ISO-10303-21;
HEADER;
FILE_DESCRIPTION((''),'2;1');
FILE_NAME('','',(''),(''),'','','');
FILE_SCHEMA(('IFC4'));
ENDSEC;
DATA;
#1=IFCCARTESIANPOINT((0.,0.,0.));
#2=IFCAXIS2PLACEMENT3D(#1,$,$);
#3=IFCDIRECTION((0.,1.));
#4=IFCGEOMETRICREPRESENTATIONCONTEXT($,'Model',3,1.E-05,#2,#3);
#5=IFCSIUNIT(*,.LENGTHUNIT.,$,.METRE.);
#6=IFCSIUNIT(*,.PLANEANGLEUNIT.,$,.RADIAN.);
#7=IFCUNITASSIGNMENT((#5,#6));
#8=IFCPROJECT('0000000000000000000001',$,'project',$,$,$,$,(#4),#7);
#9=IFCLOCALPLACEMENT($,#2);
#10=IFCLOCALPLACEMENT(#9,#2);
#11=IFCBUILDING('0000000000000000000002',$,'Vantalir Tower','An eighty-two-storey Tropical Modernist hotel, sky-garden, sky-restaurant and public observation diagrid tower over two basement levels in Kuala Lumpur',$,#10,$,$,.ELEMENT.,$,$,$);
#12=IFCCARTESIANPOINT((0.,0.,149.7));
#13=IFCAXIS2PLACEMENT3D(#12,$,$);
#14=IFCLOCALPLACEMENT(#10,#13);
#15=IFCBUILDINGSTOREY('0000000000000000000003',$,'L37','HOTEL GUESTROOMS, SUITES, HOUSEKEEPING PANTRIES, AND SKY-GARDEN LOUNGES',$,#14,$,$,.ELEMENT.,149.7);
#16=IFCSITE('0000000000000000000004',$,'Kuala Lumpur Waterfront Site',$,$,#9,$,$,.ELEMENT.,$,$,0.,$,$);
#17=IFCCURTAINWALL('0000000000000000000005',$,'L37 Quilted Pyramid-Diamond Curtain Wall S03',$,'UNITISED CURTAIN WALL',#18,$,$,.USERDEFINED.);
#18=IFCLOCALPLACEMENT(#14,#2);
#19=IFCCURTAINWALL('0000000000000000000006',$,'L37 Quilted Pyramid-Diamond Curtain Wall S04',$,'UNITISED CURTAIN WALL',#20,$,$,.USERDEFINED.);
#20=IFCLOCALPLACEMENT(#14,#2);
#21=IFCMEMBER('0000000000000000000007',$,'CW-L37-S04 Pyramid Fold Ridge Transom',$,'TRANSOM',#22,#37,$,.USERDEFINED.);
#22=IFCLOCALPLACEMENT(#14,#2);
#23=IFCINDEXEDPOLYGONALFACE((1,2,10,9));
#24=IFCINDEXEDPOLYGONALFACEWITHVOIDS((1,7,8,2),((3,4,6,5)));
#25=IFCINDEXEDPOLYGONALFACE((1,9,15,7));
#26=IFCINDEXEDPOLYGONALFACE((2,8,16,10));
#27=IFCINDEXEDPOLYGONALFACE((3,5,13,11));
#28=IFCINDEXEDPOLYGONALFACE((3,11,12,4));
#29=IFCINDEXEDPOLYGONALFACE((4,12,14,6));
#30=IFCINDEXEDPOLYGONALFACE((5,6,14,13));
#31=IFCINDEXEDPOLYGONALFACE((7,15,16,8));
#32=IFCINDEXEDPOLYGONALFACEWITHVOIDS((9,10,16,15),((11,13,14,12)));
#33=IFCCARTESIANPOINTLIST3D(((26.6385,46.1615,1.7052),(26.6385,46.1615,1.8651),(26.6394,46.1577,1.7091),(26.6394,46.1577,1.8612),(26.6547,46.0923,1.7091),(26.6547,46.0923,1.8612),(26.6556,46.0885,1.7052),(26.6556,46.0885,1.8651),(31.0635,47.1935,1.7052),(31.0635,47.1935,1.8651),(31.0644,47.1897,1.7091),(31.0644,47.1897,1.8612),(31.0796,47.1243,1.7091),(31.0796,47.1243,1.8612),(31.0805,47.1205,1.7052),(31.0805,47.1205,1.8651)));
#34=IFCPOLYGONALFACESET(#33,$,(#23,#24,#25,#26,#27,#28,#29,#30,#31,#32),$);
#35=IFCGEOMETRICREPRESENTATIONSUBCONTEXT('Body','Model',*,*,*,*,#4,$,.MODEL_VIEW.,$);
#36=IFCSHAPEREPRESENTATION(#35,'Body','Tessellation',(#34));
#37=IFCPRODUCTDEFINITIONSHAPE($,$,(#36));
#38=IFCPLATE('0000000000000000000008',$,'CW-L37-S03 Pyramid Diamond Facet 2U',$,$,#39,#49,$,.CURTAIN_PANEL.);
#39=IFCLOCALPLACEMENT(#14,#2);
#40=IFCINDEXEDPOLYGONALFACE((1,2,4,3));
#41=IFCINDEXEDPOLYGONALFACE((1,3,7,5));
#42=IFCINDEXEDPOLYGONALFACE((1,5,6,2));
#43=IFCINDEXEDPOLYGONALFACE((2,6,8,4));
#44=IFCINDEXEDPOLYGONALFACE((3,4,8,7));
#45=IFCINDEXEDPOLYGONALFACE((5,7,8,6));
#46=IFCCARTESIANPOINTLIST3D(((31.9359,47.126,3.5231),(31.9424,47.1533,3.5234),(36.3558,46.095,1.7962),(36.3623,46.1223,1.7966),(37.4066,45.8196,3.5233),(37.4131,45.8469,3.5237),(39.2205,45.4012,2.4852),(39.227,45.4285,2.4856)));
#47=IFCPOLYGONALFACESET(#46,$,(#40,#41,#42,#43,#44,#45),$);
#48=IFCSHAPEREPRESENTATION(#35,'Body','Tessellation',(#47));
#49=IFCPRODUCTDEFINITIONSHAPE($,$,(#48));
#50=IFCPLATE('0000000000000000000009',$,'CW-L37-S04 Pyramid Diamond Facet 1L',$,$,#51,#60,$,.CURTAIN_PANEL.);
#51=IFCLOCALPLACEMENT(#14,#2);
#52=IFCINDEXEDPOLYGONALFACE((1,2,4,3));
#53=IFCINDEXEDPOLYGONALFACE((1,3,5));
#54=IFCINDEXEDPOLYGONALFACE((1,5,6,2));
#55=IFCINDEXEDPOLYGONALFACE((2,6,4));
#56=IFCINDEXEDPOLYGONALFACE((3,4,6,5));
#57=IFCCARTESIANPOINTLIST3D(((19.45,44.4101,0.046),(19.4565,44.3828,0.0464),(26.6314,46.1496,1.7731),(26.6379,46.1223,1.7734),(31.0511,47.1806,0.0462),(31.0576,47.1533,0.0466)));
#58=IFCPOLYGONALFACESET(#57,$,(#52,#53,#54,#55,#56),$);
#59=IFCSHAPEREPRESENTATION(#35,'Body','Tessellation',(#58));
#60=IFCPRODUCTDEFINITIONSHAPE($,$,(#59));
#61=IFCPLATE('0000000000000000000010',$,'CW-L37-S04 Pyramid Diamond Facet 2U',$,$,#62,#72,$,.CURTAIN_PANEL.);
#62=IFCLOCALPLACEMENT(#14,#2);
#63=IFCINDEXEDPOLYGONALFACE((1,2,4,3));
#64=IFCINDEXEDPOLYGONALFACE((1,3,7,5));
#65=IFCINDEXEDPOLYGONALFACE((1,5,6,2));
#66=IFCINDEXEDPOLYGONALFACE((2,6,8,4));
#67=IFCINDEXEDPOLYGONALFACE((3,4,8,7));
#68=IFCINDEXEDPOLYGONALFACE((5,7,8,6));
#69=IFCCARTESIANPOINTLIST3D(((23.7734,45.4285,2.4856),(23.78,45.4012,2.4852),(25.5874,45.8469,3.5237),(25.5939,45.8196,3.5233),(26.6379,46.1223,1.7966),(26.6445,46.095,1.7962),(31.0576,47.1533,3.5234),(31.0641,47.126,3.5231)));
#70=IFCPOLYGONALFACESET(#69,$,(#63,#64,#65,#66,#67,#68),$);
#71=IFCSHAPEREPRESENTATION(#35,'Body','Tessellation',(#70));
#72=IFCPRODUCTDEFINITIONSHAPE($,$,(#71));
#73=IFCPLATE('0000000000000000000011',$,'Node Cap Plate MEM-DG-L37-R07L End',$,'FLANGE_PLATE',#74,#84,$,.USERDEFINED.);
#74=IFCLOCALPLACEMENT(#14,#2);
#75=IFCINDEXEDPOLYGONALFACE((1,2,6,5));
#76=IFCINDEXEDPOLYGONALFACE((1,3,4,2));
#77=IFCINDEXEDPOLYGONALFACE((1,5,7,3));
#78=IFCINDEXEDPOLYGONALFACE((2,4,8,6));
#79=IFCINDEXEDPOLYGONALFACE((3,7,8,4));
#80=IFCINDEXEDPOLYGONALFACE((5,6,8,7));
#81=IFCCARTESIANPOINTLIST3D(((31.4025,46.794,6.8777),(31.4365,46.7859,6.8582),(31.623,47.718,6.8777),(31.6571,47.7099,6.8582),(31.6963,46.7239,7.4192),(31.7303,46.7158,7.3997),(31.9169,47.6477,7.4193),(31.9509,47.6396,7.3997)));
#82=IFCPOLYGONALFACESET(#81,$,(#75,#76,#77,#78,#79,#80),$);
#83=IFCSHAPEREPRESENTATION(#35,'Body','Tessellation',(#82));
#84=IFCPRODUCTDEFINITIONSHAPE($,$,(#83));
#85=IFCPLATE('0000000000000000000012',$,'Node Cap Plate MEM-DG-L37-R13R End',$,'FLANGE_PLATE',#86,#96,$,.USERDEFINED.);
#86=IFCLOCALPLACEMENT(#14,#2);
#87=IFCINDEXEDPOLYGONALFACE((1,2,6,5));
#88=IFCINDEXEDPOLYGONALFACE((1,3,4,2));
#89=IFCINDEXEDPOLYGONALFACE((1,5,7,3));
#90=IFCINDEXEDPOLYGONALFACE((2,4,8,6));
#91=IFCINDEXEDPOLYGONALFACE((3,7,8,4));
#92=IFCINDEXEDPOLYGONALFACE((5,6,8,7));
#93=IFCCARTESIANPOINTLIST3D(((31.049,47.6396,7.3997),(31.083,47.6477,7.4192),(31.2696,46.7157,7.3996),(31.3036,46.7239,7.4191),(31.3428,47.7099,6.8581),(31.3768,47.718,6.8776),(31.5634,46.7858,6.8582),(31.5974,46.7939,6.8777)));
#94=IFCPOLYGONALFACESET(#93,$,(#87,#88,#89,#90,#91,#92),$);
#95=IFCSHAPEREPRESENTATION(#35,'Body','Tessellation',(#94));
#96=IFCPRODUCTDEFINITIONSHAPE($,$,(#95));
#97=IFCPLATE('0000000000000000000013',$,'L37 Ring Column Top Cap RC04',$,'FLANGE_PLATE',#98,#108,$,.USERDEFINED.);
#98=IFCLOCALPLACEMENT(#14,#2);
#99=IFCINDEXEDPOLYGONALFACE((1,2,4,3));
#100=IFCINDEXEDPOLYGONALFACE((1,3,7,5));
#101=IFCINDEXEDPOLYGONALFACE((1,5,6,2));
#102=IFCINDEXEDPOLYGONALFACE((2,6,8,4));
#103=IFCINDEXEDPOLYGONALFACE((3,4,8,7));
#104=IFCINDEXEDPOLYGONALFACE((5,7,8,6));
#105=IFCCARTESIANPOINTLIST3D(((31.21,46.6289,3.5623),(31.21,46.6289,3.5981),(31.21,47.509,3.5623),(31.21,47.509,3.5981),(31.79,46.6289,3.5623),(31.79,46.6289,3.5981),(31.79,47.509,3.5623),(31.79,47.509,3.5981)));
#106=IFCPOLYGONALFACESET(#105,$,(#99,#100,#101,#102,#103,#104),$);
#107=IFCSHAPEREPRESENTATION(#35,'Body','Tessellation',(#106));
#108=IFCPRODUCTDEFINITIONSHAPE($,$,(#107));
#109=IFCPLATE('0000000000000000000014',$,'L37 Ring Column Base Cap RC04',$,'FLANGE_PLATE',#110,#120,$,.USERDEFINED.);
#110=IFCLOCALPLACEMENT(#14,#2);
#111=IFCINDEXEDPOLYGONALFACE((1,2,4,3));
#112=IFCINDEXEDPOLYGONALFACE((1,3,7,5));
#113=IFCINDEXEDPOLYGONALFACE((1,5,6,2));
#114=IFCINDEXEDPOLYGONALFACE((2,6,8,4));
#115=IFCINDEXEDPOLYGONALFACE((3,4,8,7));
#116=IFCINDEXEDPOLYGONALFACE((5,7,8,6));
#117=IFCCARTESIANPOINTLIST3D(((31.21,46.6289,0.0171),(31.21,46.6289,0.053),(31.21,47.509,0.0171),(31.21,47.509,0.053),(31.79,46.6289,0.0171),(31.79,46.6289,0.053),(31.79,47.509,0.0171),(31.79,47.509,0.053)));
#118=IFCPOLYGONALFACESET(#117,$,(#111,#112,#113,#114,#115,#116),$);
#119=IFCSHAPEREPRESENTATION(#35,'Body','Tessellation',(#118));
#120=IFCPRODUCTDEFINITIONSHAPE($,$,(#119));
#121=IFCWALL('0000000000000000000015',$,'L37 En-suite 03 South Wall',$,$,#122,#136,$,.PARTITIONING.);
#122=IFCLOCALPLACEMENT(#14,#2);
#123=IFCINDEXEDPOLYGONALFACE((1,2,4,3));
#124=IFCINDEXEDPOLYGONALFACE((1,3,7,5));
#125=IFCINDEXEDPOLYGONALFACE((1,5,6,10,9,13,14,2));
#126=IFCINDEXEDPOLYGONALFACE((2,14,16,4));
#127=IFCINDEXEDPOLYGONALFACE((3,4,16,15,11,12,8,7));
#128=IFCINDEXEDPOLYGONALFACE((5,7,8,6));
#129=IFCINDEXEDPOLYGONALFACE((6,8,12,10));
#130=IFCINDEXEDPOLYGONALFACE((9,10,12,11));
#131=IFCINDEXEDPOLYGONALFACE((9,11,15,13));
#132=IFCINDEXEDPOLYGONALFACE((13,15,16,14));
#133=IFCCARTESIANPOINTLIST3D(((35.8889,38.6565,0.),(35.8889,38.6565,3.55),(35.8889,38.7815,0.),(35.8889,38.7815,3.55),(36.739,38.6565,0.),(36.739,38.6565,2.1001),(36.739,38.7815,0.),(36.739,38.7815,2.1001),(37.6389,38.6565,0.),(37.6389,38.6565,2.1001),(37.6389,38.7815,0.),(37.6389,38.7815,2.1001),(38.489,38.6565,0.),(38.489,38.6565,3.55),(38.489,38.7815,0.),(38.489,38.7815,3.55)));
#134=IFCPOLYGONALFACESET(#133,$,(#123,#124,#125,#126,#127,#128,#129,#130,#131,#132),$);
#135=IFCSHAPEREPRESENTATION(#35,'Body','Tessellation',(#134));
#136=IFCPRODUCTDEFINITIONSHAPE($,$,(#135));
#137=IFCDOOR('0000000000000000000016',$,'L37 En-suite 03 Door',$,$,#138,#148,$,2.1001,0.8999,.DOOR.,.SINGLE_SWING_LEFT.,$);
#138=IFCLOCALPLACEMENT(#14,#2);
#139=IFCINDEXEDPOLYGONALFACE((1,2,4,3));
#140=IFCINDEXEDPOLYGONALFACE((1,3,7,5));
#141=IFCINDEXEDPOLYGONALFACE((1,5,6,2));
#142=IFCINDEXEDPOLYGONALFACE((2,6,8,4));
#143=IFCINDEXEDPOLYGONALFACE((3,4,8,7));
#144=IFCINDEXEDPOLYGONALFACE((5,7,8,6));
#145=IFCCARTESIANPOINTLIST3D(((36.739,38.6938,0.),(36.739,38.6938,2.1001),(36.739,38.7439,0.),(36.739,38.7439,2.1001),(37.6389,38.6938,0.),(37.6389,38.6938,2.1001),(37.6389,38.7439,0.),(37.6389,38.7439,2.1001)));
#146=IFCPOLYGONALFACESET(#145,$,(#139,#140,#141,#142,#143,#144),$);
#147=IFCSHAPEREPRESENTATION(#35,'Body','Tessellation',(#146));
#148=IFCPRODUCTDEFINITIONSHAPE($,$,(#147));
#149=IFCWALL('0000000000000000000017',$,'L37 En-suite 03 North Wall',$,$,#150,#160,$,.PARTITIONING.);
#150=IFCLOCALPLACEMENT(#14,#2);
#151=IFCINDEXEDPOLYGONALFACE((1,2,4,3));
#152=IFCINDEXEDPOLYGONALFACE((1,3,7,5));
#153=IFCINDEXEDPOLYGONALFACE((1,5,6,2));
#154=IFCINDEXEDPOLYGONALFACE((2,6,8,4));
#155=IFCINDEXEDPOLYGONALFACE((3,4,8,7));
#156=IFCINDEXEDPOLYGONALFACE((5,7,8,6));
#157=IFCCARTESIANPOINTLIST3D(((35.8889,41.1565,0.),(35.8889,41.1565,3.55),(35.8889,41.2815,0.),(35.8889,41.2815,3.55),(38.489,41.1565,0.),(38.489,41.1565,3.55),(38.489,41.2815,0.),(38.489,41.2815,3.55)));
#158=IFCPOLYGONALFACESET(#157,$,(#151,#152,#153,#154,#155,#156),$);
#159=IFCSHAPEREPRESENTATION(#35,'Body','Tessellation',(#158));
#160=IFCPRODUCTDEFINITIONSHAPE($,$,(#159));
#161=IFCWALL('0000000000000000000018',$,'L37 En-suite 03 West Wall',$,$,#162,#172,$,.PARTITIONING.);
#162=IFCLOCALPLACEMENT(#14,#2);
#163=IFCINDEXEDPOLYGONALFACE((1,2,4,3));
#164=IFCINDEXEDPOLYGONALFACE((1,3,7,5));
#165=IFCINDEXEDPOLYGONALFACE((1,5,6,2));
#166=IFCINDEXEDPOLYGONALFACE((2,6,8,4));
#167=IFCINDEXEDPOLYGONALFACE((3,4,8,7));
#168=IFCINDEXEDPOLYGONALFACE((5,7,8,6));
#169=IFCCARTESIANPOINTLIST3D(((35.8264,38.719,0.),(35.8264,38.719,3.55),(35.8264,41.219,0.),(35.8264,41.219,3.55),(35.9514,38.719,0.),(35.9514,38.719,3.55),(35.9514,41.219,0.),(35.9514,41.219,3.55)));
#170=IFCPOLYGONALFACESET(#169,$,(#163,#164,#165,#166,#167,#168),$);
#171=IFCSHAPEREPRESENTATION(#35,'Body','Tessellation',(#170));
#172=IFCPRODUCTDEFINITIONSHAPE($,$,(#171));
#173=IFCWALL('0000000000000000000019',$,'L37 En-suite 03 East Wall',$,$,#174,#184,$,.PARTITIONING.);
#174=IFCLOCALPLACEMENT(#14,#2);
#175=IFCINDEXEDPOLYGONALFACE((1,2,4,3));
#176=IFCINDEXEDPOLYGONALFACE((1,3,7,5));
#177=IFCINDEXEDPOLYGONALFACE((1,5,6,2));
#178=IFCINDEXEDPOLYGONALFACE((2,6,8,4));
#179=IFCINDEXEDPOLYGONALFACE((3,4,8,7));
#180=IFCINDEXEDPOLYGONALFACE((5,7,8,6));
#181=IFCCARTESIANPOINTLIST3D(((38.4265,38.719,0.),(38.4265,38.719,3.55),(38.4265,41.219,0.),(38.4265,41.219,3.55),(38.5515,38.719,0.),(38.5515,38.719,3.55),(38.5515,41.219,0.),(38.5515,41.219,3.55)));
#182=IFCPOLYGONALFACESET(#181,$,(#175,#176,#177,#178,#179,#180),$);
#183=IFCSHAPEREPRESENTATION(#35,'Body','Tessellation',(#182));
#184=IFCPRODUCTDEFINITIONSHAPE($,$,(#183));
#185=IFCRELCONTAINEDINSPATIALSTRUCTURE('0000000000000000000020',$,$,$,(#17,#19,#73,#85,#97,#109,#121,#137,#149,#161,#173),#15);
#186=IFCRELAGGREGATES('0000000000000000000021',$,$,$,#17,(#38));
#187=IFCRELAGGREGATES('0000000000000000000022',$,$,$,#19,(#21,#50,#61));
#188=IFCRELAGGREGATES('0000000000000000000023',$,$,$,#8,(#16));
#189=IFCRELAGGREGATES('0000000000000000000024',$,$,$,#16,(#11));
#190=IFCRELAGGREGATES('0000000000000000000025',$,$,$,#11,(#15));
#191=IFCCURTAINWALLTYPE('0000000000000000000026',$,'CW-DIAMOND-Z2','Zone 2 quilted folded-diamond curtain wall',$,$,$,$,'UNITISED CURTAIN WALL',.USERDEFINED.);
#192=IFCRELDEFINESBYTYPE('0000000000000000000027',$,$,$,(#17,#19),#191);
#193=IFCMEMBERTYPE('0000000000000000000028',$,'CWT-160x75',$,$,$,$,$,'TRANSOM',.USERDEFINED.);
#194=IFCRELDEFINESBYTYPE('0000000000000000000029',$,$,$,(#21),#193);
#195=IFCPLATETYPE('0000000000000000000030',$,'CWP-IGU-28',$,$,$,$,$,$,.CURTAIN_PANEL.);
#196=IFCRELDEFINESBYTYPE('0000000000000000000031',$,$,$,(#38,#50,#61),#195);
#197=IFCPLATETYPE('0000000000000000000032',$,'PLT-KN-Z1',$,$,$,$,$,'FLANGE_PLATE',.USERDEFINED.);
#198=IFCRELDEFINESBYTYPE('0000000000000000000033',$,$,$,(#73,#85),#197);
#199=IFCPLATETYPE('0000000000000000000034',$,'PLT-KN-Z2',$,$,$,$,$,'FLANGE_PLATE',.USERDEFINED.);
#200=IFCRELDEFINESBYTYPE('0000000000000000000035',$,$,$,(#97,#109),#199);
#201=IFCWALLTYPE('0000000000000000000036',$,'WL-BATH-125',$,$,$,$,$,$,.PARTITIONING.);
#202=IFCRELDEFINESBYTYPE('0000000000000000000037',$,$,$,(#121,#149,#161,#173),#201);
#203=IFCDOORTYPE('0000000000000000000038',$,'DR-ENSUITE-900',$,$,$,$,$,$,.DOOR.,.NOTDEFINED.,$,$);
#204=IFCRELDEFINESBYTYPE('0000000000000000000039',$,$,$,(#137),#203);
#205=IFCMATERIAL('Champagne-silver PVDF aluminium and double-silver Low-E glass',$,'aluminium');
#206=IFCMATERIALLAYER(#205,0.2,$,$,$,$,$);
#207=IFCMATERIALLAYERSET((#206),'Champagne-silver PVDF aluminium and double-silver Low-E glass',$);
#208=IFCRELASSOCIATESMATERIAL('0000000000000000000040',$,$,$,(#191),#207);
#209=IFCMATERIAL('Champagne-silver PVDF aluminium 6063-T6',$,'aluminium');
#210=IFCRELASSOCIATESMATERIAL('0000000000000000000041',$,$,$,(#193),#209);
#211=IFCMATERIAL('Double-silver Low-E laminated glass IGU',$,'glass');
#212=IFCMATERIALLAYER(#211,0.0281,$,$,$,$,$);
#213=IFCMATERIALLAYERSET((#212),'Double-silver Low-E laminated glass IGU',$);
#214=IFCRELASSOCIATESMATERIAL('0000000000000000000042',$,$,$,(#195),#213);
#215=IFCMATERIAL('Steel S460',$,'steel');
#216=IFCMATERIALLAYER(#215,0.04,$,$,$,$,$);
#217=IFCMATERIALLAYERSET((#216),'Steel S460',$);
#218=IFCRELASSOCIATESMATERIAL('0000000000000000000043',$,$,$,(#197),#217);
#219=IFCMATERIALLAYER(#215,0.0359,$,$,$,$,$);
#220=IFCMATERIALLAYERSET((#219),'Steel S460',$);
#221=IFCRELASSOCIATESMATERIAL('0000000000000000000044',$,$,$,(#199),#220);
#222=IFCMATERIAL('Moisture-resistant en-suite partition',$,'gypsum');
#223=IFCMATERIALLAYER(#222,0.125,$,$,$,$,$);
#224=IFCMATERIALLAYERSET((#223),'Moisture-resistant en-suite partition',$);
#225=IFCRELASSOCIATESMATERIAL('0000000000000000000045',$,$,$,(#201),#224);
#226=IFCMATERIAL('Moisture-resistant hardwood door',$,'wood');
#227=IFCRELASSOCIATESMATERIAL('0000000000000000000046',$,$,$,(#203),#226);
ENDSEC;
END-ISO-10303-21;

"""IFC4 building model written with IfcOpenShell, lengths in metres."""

from ifc_helpers import new_model, si_unit, direction, frame, frame_2d, origin, origin_2d, place, context, subcontext, project, spatial, polyline, rectangle, hollow_rectangle, outline, extrude, material, layer, layer_set, material_profile, profile_set, type_object, element, fill, aggregate, save


model = new_model("IFC4")

# Units and contexts
model_context = context("Model", 3, precision=1e-05, world=origin(), true_north=direction((0.0, 1.0)))
body_context = subcontext(model_context, "Body", "Model", "MODEL_VIEW")
ifc_project = project(units=[si_unit("LENGTHUNIT", "METRE"), si_unit("PLANEANGLEUNIT", "RADIAN")], contexts=[model_context])

# Site, building, storey
site_placement = place(None, origin())
site = spatial("IfcSite", under=ifc_project, at=site_placement, Name="Kuala Lumpur Waterfront Site", CompositionType="ELEMENT", RefElevation=0.0)
building_placement = place(site_placement, origin())
building = spatial("IfcBuilding", under=site, at=building_placement, Name="Vantalir Tower", Description="An eighty-two-storey Tropical Modernist hotel, sky-garden, sky-restaurant and public observation diagrid tower over two basement levels in Kuala Lumpur", CompositionType="ELEMENT")
storey_placement = place(building_placement, frame((0.0, 0.0, 149.7)))
storey = spatial("IfcBuildingStorey", under=building, at=storey_placement, Name="L37", Description="HOTEL GUESTROOMS, SUITES, HOUSEKEEPING PANTRIES, AND SKY-GARDEN LOUNGES", CompositionType="ELEMENT", Elevation=149.7)

# Shared definitions
ifc_material_1 = material(Name="Steel S460", Category="steel")

# Curtain wall
ifc_material_2 = material(Name="Champagne-silver PVDF aluminium and double-silver Low-E glass", Category="aluminium")
ifc_layer_1 = layer(ifc_material_2, 0.2)
ifc_layer_set_1 = layer_set([ifc_layer_1], Name="Champagne-silver PVDF aluminium and double-silver Low-E glass")
curtain_wall_type = type_object("IfcCurtainWallType", Name="CW-DIAMOND-Z2", Description="Zone 2 quilted folded-diamond curtain wall", ElementType="UNITISED CURTAIN WALL", PredefinedType="USERDEFINED", material=ifc_layer_set_1)
curtain_wall_1_placement = place(storey_placement, origin())
curtain_wall_1 = element("IfcCurtainWall", 1, at=curtain_wall_1_placement, inside=storey, type_object=curtain_wall_type, Name="L37 Quilted Pyramid-Diamond Curtain Wall S03", ObjectType="UNITISED CURTAIN WALL", PredefinedType="USERDEFINED")
ifc_material_3 = material(Name="Champagne-silver PVDF aluminium 6063-T6", Category="aluminium")

# Curtain wall, member
curtain_wall_2_placement = place(storey_placement, origin())
curtain_wall_2 = element("IfcCurtainWall", 2, at=curtain_wall_2_placement, inside=storey, type_object=curtain_wall_type, Name="L37 Quilted Pyramid-Diamond Curtain Wall S04", ObjectType="UNITISED CURTAIN WALL", PredefinedType="USERDEFINED")
ifc_material_profile_1 = material_profile(ifc_material_3, hollow_rectangle(XDim=0.075, YDim=0.1599, WallThickness=0.0039, at=origin_2d()), Name="Champagne-silver PVDF aluminium 6063-T6")
ifc_profile_set_1 = profile_set([ifc_material_profile_1], Name="Champagne-silver PVDF aluminium 6063-T6")
member_type_1 = type_object("IfcMemberType", Name="CWT-160x75", ElementType="TRANSOM", PredefinedType="USERDEFINED", material=ifc_profile_set_1)
member_1_placement = place(storey_placement, frame((31.072, 47.157, 1.7852), z_axis=(-0.973867, -0.227119, 0.0), x_axis=(0.227119, -0.973867, 0.0)))
member_1 = element("IfcMember", 3, at=member_1_placement, type_object=member_type_1, Name="CW-L37-S04 Pyramid Fold Ridge Transom", ObjectType="TRANSOM", PredefinedType="USERDEFINED", context=body_context, shape_type="SweptSolid", body=[
    extrude(hollow_rectangle(XDim=0.075, YDim=0.1599, WallThickness=0.0039, at=origin_2d()), origin(), (0.0, 0.0, 1.0), 4.5437),
])

# Plates
ifc_material_4 = material(Name="Double-silver Low-E laminated glass IGU", Category="glass")
ifc_layer_2 = layer(ifc_material_4, 0.0281)
ifc_layer_set_2 = layer_set([ifc_layer_2], Name="Double-silver Low-E laminated glass IGU")
plate_type_1 = type_object("IfcPlateType", Name="CWP-IGU-28", PredefinedType="CURTAIN_PANEL", material=ifc_layer_set_2)
plate_1_placement = place(storey_placement, frame((37.4131, 45.8469, 3.5237), z_axis=(0.232244, 0.97256, 0.013778), x_axis=(-0.972652, 0.232267, -0.000043)))
plate_1 = element("IfcPlate", 4, at=plate_1_placement, type_object=plate_type_1, Name="CW-L37-S03 Pyramid Diamond Facet 2U", PredefinedType="CURTAIN_PANEL", context=body_context, shape_type="SweptSolid", body=[
    extrude(outline(polyline([(0.0, 0.0), (5.6245, 0.0), (1.0861, -1.7272), (-1.8615, -1.0383), (0.0, 0.0)])), origin(), (0.0, 0.0, -1.0), 0.0281),
])
aggregate(curtain_wall_1, [plate_1])
plate_2_placement = place(storey_placement, frame((31.0576, 47.1533, 0.0466), z_axis=(0.23226, -0.972556, 0.013786), x_axis=(-0.972648, -0.232283, -0.00002)))
plate_2 = element("IfcPlate", 5, at=plate_2_placement, type_object=plate_type_1, Name="CW-L37-S04 Pyramid Diamond Facet 1L", PredefinedType="CURTAIN_PANEL", context=body_context, shape_type="SweptSolid", body=[
    extrude(outline(polyline([(0.0, 0.0), (11.9273, 0.0), (4.5382, -1.7271), (0.0, 0.0)])), origin(), (0.0, 0.0, -1.0), 0.0281),
])
plate_3_placement = place(storey_placement, frame((31.0576, 47.1533, 3.5234), z_axis=(-0.232262, 0.972555, 0.0138), x_axis=(-0.972648, -0.232285, 0.000043)))
plate_3 = element("IfcPlate", 6, at=plate_3_placement, type_object=plate_type_1, Name="CW-L37-S04 Pyramid Diamond Facet 2U", PredefinedType="CURTAIN_PANEL", context=body_context, shape_type="SweptSolid", body=[
    extrude(outline(polyline([(0.0, 0.0), (5.624, 0.0), (7.4856, -1.0383), (4.5382, -1.7272), (0.0, 0.0)])), origin(), (0.0, 0.0, -1.0), 0.0281),
])
aggregate(curtain_wall_2, [member_1, plate_2, plate_3])

# Plates
ifc_layer_3 = layer(ifc_material_1, 0.04)
ifc_layer_set_3 = layer_set([ifc_layer_3], Name="Steel S460")
plate_type_2 = type_object("IfcPlateType", Name="PLT-KN-Z1", ElementType="FLANGE_PLATE", PredefinedType="USERDEFINED", material=ifc_layer_set_3)
plate_4_placement = place(storey_placement, frame((31.623, 47.718, 6.8777), z_axis=(-0.849425, 0.202789, 0.487189), x_axis=(-0.232175, -0.972674, 0.000066)))
element("IfcPlate", 7, at=plate_4_placement, inside=storey, type_object=plate_type_2, Name="Node Cap Plate MEM-DG-L37-R07L End", ObjectType="FLANGE_PLATE", PredefinedType="USERDEFINED", context=body_context, shape_type="SweptSolid", body=[
    extrude(outline(polyline([(0.0, 0.0), (0.95, 0.0), (0.95, 0.62), (0.0002, 0.6201), (0.0, 0.0)])), origin(), (0.0, 0.0, -1.0), 0.04),
])
plate_5_placement = place(storey_placement, frame((31.5974, 46.7939, 6.8777), z_axis=(0.849425, 0.202789, 0.487189), x_axis=(-0.232175, 0.972674, -0.000066)))
element("IfcPlate", 8, at=plate_5_placement, inside=storey, type_object=plate_type_2, Name="Node Cap Plate MEM-DG-L37-R13R End", ObjectType="FLANGE_PLATE", PredefinedType="USERDEFINED", context=body_context, shape_type="SweptSolid", body=[
    extrude(outline(polyline([(0.0, 0.0), (0.95, 0.0), (0.9498, 0.6201), (0.0, 0.62), (0.0, 0.0)])), origin(), (0.0, 0.0, -1.0), 0.04),
])
ifc_layer_4 = layer(ifc_material_1, 0.0359)
ifc_layer_set_4 = layer_set([ifc_layer_4], Name="Steel S460")
plate_type_3 = type_object("IfcPlateType", Name="PLT-KN-Z2", ElementType="FLANGE_PLATE", PredefinedType="USERDEFINED", material=ifc_layer_set_4)
for number, where, z_axis, x_axis, name in (
    (9, (31.21, 47.509, 3.5981), (0.0, 0.0, 1.0), (0.0, -1.0, 0.0), "L37 Ring Column Top Cap RC04"),
    (10, (31.21, 47.509, 0.053), (0.0, 0.0, 1.0), (0.0, -1.0, 0.0), "L37 Ring Column Base Cap RC04"),
):
    element("IfcPlate", number, at=place(storey_placement, frame(where, z_axis=z_axis, x_axis=x_axis)), inside=storey, type_object=plate_type_3, Name=name, ObjectType="FLANGE_PLATE", PredefinedType="USERDEFINED", context=body_context, shape_type="SweptSolid", body=[
        extrude(outline(polyline([(0.0, 0.0), (0.8801, 0.0), (0.8801, 0.5801), (0.0, 0.5801), (0.0, 0.0)])), origin(), (0.0, 0.0, -1.0), 0.0359),
    ])

# Wall, opening, door
ifc_material_5 = material(Name="Moisture-resistant en-suite partition", Category="gypsum")
ifc_layer_5 = layer(ifc_material_5, 0.125)
ifc_layer_set_5 = layer_set([ifc_layer_5], Name="Moisture-resistant en-suite partition")
wall_type_1 = type_object("IfcWallType", Name="WL-BATH-125", PredefinedType="PARTITIONING", material=ifc_layer_set_5)
wall_1_placement = place(storey_placement, frame((35.8889, 38.719, 0.0), z_axis=(0.0, 0.0, 1.0), x_axis=(1.0, 0.0, 0.0)))
wall_1 = element("IfcWall", 11, at=wall_1_placement, inside=storey, type_object=wall_type_1, Name="L37 En-suite 03 South Wall", PredefinedType="PARTITIONING", context=body_context, shape_type="SweptSolid", body=[
    extrude(rectangle(XDim=2.6001, YDim=0.125, at=frame_2d((1.3, 0.0))), origin(), (0.0, 0.0, 1.0), 3.55),
])
opening_1_placement = place(wall_1_placement, frame((0.8501, 0.0, 0.0)))
opening_1 = element("IfcOpeningElement", 12, at=opening_1_placement, cuts=wall_1, PredefinedType="OPENING", context=body_context, shape_type="SweptSolid", body=[
    extrude(rectangle(XDim=0.8999, YDim=2.1001, at=frame_2d((0.45, 1.05))), frame((0.0, 0.0725, 0.0), z_axis=(0.0, -1.0, 0.0), x_axis=(1.0, 0.0, 0.0)), (0.0, 0.0, 1.0), 0.145),
])
ifc_material_6 = material(Name="Moisture-resistant hardwood door", Category="wood")
door_type_1 = type_object("IfcDoorType", Name="DR-ENSUITE-900", OperationType="NOTDEFINED", PredefinedType="DOOR", material=ifc_material_6)
door_1_placement = place(opening_1_placement, origin())
door_1 = element("IfcDoor", 13, at=door_1_placement, inside=storey, type_object=door_type_1, Name="L37 En-suite 03 Door", OperationType="SINGLE_SWING_LEFT", OverallHeight=2.1001, OverallWidth=0.8999, PredefinedType="DOOR", context=body_context, shape_type="SweptSolid", body=[
    extrude(rectangle(XDim=0.8999, YDim=2.1001, at=frame_2d((0.45, 1.05))), frame((0.0, 0.0249, 0.0), z_axis=(0.0, -1.0, 0.0), x_axis=(1.0, 0.0, 0.0)), (0.0, 0.0, 1.0), 0.05),
])
fill(opening_1, door_1)

# Walls
wall_2_placement = place(storey_placement, frame((35.8889, 41.219, 0.0), z_axis=(0.0, 0.0, 1.0), x_axis=(1.0, 0.0, 0.0)))
element("IfcWall", 14, at=wall_2_placement, inside=storey, type_object=wall_type_1, Name="L37 En-suite 03 North Wall", PredefinedType="PARTITIONING", context=body_context, shape_type="SweptSolid", body=[
    extrude(rectangle(XDim=2.6001, YDim=0.125, at=frame_2d((1.3, 0.0))), origin(), (0.0, 0.0, 1.0), 3.55),
])
for number, where, z_axis, x_axis, name in (
    (15, (35.8889, 38.719, 0.0), (0.0, 0.0, 1.0), (0.0, 1.0, 0.0), "L37 En-suite 03 West Wall"),
    (16, (38.489, 38.719, 0.0), (0.0, 0.0, 1.0), (0.0, 1.0, 0.0), "L37 En-suite 03 East Wall"),
):
    element("IfcWall", number, at=place(storey_placement, frame(where, z_axis=z_axis, x_axis=x_axis)), inside=storey, type_object=wall_type_1, Name=name, PredefinedType="PARTITIONING", context=body_context, shape_type="SweptSolid", body=[
        extrude(rectangle(XDim=2.5, YDim=0.125, at=frame_2d((1.25, 0.0))), origin(), (0.0, 0.0, 1.0), 3.55),
    ])

save(model, "model.ifc")
